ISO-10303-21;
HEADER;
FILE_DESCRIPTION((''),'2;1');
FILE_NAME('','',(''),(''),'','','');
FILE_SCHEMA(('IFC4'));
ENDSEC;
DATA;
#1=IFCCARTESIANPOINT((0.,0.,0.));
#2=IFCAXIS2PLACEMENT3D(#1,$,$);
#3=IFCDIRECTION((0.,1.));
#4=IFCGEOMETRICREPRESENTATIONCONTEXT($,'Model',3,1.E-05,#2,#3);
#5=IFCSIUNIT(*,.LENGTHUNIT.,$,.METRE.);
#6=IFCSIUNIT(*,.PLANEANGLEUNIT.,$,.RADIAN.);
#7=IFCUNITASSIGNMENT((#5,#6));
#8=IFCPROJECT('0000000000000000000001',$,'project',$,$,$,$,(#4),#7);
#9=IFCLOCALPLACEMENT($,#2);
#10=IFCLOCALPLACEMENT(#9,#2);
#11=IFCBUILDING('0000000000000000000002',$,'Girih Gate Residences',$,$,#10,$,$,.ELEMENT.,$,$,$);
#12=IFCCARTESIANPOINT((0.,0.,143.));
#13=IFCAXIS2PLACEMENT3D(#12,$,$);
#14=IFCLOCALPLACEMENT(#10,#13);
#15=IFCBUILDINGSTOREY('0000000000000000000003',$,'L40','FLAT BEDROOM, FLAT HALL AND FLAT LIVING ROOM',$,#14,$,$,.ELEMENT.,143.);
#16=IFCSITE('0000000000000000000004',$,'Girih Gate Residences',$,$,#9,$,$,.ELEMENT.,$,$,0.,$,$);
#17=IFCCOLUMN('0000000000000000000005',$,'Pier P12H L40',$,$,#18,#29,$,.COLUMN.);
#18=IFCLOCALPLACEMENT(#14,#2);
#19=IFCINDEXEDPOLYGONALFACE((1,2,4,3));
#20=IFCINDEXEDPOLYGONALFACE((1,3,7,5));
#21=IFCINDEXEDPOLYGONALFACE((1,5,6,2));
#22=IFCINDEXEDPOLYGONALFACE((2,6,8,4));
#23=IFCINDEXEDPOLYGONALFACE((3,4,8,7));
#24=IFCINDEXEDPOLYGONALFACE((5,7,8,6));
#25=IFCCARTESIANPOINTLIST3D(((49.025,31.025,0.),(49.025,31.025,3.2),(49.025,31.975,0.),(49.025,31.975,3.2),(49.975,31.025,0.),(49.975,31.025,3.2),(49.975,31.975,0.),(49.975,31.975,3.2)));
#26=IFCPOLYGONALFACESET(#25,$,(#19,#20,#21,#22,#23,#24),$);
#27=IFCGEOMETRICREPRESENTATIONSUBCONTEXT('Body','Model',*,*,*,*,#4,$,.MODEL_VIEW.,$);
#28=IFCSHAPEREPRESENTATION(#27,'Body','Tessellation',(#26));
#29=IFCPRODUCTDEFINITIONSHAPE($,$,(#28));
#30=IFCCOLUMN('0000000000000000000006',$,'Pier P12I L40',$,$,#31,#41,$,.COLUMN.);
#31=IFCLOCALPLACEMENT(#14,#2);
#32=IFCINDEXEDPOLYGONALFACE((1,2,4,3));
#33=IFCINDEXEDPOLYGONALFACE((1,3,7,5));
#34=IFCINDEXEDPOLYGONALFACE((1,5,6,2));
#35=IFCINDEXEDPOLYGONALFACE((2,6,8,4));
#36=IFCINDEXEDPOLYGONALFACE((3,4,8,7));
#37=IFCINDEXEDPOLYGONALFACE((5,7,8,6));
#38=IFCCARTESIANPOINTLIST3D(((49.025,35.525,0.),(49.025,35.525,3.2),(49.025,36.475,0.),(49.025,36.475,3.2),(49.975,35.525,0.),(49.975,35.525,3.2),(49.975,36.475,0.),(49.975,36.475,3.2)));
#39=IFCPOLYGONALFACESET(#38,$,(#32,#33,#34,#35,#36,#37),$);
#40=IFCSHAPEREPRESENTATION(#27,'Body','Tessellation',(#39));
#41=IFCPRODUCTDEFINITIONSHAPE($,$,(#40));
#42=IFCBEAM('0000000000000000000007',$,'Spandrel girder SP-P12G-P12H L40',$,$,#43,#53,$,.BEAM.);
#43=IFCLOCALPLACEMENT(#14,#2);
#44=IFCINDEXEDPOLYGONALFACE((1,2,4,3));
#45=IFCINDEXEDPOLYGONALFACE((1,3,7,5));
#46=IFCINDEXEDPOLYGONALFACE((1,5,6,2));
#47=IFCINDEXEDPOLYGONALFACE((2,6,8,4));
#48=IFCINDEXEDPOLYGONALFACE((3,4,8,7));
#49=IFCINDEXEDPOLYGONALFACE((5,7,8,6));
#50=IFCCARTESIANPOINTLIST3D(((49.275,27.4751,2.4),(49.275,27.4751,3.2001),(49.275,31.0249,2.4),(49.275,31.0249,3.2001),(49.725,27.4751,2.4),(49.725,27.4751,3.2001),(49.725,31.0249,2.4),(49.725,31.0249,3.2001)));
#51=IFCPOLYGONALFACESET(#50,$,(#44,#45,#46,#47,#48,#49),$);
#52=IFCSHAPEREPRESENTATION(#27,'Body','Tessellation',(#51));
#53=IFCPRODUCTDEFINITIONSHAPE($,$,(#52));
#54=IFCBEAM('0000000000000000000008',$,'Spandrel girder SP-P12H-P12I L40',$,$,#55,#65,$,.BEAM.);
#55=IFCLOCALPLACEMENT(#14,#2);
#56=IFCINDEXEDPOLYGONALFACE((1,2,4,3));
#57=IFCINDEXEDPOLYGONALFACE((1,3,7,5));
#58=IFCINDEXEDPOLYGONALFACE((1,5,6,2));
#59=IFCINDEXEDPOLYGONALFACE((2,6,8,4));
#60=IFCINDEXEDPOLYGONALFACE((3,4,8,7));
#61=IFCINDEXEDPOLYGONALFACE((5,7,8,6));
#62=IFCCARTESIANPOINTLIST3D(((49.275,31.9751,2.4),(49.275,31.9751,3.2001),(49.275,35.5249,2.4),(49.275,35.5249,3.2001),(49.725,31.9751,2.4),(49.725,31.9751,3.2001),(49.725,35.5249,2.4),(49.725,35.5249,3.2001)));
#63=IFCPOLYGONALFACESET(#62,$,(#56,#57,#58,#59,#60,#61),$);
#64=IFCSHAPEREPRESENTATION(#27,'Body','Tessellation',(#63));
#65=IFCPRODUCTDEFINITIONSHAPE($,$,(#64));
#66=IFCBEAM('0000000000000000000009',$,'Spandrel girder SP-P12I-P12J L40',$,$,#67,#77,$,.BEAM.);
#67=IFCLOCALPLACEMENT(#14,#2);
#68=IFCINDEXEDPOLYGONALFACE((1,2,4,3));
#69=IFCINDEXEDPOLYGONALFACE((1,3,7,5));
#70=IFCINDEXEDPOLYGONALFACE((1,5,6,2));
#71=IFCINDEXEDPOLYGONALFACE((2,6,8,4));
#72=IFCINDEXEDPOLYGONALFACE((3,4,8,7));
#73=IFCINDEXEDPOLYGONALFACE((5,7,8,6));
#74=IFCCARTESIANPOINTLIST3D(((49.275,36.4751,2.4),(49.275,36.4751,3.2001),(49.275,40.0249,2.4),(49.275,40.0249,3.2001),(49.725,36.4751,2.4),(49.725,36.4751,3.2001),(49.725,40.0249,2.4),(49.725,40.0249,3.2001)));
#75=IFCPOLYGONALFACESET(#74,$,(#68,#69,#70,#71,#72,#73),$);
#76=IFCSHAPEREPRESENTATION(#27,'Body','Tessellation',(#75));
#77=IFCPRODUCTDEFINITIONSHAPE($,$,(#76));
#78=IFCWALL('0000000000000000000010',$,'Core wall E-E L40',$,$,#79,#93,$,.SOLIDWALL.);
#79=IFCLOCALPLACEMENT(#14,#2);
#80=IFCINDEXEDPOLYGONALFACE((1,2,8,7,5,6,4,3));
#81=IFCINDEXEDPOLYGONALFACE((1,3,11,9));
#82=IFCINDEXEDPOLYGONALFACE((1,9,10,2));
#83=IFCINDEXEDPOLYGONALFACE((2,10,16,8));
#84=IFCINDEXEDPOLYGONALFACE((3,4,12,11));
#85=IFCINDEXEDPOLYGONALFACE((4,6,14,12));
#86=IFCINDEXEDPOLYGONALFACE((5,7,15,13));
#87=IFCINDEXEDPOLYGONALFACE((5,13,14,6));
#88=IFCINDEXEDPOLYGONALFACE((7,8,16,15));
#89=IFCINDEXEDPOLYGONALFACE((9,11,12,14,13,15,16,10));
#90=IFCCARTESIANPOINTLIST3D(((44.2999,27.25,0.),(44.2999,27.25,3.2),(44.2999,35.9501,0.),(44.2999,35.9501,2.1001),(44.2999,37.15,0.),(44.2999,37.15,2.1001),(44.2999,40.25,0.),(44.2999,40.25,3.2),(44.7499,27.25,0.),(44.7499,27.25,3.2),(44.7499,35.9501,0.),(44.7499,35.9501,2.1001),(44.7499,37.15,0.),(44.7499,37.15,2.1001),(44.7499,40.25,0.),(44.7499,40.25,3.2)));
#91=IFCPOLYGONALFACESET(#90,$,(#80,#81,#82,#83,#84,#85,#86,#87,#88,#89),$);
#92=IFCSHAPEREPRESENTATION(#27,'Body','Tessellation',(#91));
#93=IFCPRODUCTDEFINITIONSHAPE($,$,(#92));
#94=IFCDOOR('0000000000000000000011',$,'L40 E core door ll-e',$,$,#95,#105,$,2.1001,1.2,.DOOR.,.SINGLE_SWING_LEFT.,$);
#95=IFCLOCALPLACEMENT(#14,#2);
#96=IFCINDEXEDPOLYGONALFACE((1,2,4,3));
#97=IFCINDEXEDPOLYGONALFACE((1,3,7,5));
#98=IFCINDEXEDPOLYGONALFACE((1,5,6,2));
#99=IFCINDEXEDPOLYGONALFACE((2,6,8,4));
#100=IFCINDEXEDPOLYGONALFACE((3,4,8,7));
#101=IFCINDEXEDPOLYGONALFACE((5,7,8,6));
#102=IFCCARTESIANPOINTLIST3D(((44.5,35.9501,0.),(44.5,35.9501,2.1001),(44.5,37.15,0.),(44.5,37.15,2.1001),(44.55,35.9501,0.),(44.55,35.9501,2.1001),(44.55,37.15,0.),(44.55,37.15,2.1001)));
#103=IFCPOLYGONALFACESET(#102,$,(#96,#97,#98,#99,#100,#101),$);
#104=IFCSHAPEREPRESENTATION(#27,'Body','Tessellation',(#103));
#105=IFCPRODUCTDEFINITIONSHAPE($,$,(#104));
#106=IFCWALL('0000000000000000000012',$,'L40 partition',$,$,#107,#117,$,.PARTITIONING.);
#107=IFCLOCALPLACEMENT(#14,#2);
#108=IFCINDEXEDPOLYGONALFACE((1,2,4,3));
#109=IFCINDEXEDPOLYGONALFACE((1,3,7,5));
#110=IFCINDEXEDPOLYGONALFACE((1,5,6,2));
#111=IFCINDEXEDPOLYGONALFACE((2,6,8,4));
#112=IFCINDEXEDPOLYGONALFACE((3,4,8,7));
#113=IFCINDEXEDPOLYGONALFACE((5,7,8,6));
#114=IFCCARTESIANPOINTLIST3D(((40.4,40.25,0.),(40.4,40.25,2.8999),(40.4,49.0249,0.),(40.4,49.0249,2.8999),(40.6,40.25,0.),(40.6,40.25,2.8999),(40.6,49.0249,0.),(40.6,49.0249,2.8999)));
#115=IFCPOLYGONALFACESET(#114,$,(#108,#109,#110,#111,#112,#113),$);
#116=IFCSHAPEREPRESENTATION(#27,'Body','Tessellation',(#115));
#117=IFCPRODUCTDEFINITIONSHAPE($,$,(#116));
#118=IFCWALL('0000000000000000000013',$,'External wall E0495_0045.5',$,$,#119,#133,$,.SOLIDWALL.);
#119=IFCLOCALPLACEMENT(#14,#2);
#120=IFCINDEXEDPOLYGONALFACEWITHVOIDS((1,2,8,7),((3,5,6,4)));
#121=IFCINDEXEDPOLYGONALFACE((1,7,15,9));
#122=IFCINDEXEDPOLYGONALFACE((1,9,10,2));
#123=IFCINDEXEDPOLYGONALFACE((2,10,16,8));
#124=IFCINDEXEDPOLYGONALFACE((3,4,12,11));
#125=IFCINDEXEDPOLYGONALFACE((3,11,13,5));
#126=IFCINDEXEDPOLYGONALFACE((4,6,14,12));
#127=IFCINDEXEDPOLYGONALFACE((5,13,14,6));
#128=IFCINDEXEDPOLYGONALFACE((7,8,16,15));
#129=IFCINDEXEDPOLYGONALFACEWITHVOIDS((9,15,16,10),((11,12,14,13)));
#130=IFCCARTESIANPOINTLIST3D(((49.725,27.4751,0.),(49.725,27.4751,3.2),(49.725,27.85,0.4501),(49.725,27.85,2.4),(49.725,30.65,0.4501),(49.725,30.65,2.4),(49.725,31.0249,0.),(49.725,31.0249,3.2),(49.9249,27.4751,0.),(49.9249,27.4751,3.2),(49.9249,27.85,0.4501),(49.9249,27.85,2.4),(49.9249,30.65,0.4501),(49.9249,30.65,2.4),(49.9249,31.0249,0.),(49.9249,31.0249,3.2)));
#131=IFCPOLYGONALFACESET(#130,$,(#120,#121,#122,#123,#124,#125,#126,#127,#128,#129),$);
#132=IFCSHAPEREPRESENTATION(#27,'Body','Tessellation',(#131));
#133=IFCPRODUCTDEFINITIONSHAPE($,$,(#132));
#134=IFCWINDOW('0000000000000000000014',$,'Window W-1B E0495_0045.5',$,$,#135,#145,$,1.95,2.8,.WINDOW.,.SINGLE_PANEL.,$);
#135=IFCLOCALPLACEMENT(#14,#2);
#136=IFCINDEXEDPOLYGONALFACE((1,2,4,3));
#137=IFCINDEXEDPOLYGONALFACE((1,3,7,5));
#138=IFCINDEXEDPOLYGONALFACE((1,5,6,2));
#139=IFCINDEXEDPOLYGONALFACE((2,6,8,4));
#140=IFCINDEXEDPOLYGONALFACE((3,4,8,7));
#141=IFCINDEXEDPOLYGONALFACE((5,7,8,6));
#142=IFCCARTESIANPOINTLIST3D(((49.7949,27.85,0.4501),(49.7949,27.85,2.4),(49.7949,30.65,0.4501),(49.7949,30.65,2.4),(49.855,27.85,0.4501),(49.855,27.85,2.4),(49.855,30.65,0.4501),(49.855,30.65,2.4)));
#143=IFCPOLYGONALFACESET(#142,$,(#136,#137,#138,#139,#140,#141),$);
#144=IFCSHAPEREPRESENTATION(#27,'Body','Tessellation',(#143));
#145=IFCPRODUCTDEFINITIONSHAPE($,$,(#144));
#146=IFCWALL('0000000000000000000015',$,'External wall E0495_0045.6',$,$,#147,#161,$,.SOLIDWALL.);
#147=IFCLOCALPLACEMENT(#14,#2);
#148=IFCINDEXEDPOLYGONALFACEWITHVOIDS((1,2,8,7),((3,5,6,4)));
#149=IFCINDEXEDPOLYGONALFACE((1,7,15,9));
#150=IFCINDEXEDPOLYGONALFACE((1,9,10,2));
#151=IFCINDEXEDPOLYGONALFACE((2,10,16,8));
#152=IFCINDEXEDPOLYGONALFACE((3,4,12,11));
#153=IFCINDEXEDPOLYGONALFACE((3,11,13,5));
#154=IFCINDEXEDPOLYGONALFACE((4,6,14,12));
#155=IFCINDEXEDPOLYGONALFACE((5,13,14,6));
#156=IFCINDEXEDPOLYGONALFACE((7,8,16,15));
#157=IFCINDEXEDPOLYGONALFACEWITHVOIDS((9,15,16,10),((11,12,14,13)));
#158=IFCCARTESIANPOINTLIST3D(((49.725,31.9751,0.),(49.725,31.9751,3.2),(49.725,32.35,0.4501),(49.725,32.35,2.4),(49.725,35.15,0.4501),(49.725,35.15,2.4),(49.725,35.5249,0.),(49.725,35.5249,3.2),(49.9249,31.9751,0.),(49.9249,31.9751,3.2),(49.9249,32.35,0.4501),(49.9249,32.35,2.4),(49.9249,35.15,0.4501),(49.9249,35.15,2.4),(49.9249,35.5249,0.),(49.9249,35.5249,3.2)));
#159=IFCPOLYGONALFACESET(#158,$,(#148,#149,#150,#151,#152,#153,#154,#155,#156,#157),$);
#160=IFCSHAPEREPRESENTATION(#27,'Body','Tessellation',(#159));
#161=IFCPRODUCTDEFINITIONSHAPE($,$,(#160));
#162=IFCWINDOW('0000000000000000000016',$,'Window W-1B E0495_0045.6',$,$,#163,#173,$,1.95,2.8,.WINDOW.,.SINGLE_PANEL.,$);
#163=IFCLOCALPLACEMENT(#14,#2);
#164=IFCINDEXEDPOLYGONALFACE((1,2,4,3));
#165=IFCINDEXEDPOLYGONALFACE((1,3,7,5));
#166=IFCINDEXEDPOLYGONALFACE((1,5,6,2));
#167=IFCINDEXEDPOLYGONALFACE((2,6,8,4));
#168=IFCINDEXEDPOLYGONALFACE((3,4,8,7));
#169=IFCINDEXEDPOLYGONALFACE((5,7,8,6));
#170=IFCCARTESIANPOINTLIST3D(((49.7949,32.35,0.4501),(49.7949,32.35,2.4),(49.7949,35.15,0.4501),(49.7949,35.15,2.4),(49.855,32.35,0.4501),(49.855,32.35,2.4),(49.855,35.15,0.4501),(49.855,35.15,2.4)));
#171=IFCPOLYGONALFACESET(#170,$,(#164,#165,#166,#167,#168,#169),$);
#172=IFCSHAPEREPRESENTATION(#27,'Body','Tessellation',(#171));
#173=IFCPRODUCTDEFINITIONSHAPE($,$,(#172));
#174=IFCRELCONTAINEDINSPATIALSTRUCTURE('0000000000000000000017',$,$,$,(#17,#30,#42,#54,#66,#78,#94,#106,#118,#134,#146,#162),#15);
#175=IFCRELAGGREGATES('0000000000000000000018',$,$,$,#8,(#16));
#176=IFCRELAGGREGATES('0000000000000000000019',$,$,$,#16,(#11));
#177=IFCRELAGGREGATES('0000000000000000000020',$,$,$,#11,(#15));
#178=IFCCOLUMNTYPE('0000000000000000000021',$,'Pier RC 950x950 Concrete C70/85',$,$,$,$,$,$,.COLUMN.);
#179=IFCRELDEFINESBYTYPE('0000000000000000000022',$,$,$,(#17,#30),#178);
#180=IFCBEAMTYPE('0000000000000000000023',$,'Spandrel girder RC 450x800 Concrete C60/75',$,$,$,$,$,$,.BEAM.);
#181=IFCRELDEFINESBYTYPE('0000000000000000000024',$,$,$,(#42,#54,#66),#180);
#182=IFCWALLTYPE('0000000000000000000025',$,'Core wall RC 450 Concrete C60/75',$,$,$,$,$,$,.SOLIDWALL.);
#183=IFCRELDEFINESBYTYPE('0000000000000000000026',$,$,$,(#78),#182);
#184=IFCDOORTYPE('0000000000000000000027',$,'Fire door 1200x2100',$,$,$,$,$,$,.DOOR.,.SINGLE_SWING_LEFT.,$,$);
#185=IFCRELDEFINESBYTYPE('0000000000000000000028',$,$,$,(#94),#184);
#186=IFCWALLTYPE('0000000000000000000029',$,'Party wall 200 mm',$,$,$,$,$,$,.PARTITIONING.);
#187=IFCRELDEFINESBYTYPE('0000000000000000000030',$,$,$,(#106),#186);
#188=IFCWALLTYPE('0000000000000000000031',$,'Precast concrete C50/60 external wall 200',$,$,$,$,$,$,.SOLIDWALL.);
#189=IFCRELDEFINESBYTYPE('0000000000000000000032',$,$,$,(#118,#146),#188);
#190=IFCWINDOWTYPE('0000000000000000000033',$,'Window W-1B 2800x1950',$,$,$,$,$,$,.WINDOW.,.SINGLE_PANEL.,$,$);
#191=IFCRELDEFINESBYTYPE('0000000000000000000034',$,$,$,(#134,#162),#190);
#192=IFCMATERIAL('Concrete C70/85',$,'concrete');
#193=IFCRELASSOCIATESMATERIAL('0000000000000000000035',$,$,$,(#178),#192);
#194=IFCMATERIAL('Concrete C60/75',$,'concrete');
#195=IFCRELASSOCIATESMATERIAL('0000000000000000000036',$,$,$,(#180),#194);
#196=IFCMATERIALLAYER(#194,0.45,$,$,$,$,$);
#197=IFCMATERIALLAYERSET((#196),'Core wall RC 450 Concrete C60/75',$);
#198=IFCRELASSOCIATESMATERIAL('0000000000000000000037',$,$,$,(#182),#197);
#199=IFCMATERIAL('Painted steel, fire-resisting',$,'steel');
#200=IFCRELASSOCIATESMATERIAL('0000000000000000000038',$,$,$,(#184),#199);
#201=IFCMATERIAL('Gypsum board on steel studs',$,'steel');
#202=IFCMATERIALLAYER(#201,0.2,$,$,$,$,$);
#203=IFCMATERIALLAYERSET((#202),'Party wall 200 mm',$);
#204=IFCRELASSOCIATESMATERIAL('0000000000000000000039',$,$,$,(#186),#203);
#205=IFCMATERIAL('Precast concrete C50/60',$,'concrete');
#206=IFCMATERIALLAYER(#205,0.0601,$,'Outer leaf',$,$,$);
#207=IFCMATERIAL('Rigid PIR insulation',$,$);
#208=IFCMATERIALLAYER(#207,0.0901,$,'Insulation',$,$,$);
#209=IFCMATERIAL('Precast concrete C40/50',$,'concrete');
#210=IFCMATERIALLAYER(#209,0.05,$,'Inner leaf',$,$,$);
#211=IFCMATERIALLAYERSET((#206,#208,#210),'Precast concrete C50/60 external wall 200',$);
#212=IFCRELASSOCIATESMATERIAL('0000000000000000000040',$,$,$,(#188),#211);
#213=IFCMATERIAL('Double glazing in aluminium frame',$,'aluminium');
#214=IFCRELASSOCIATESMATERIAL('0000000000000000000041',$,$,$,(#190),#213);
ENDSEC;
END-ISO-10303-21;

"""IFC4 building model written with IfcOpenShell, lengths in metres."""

from ifc_helpers import new_model, si_unit, direction, frame, frame_2d, origin, origin_2d, place, context, subcontext, project, spatial, rectangle, extrude, material, layer, layer_set, material_profile, profile_set, type_object, element, fill, save


model = new_model("IFC4")

# Units and contexts
model_context = context("Model", 3, precision=1e-05, world=origin(), true_north=direction((0.0, 1.0)))
body_context = subcontext(model_context, "Body", "Model", "MODEL_VIEW")
ifc_project = project(units=[si_unit("LENGTHUNIT", "METRE"), si_unit("PLANEANGLEUNIT", "RADIAN")], contexts=[model_context])

# Site, building, storey
site_placement = place(None, origin())
site = spatial("IfcSite", under=ifc_project, at=site_placement, Name="Girih Gate Residences", CompositionType="ELEMENT", RefElevation=0.0)
building_placement = place(site_placement, origin())
building = spatial("IfcBuilding", under=site, at=building_placement, Name="Girih Gate Residences", CompositionType="ELEMENT")
storey_placement = place(building_placement, frame((0.0, 0.0, 143.0)))
storey = spatial("IfcBuildingStorey", under=building, at=storey_placement, Name="L40", Description="FLAT BEDROOM, FLAT HALL AND FLAT LIVING ROOM", CompositionType="ELEMENT", Elevation=143.0)

# Columns
ifc_material_1 = material(Name="Concrete C70/85", Category="concrete")
ifc_material_profile_1 = material_profile(ifc_material_1, rectangle(XDim=0.95, YDim=0.95, at=origin_2d()))
ifc_profile_set_1 = profile_set([ifc_material_profile_1], Name="Concrete C70/85")
column_type = type_object("IfcColumnType", Name="Pier RC 950x950 Concrete C70/85", PredefinedType="COLUMN", material=ifc_profile_set_1)
for number, where, z_axis, x_axis, name in (
    (1, (49.5, 31.5, 0.0), (0.0, 0.0, 1.0), (1.0, 0.0, 0.0), "Pier P12H L40"),
    (2, (49.5, 36.0, 0.0), (0.0, 0.0, 1.0), (1.0, 0.0, 0.0), "Pier P12I L40"),
):
    element("IfcColumn", number, at=place(storey_placement, frame(where, z_axis=z_axis, x_axis=x_axis)), inside=storey, type_object=column_type, Name=name, PredefinedType="COLUMN", context=body_context, shape_type="SweptSolid", body=[
        extrude(rectangle(XDim=0.95, YDim=0.95, at=origin_2d()), origin(), (0.0, 0.0, 1.0), 3.2),
    ])

# Beams
ifc_material_2 = material(Name="Concrete C60/75", Category="concrete")
ifc_material_profile_2 = material_profile(ifc_material_2, rectangle(XDim=0.45, YDim=0.8, at=origin_2d()))
ifc_profile_set_2 = profile_set([ifc_material_profile_2], Name="Concrete C60/75")
beam_type = type_object("IfcBeamType", Name="Spandrel girder RC 450x800 Concrete C60/75", PredefinedType="BEAM", material=ifc_profile_set_2)
for number, where, z_axis, x_axis, name in (
    (3, (49.5, 27.4751, 2.8), (0.0, 1.0, 0.0), (-1.0, 0.0, 0.0), "Spandrel girder SP-P12G-P12H L40"),
    (4, (49.5, 31.9751, 2.8), (0.0, 1.0, 0.0), (-1.0, 0.0, 0.0), "Spandrel girder SP-P12H-P12I L40"),
    (5, (49.5, 36.4751, 2.8), (0.0, 1.0, 0.0), (-1.0, 0.0, 0.0), "Spandrel girder SP-P12I-P12J L40"),
):
    element("IfcBeam", number, at=place(storey_placement, frame(where, z_axis=z_axis, x_axis=x_axis)), inside=storey, type_object=beam_type, Name=name, PredefinedType="BEAM", context=body_context, shape_type="SweptSolid", body=[
        extrude(rectangle(XDim=0.45, YDim=0.8, at=origin_2d()), origin(), (0.0, 0.0, 1.0), 3.5498),
    ])

# Wall, opening, door
ifc_layer_1 = layer(ifc_material_2, 0.45)
ifc_layer_set_1 = layer_set([ifc_layer_1], Name="Core wall RC 450 Concrete C60/75")
wall_type_1 = type_object("IfcWallType", Name="Core wall RC 450 Concrete C60/75", PredefinedType="SOLIDWALL", material=ifc_layer_set_1)
wall_1_placement = place(storey_placement, frame((44.5249, 27.25, 0.0), z_axis=(0.0, 0.0, 1.0), x_axis=(0.0, 1.0, 0.0)))
wall_1 = element("IfcWall", 6, at=wall_1_placement, inside=storey, type_object=wall_type_1, Name="Core wall E-E L40", PredefinedType="SOLIDWALL", context=body_context, shape_type="SweptSolid", body=[
    extrude(rectangle(XDim=13.0, YDim=0.45, at=frame_2d((6.5, 0.0))), origin(), (0.0, 0.0, 1.0), 3.2),
])
opening_1_placement = place(wall_1_placement, frame((8.7, 0.0, 0.0)))
opening_1 = element("IfcOpeningElement", 7, at=opening_1_placement, cuts=wall_1, PredefinedType="OPENING", context=body_context, shape_type="SweptSolid", body=[
    extrude(rectangle(XDim=1.2, YDim=2.1001, at=frame_2d((0.6001, 1.05))), frame((0.0, 0.2349, 0.0), z_axis=(0.0, -1.0, 0.0), x_axis=(1.0, 0.0, 0.0)), (0.0, 0.0, 1.0), 0.47),
])
ifc_material_3 = material(Name="Painted steel, fire-resisting", Category="steel")
door_type_1 = type_object("IfcDoorType", Name="Fire door 1200x2100", OperationType="SINGLE_SWING_LEFT", PredefinedType="DOOR", material=ifc_material_3)
door_1_placement = place(opening_1_placement, origin())
door_1 = element("IfcDoor", 8, at=door_1_placement, inside=storey, type_object=door_type_1, Name="L40 E core door ll-e", OperationType="SINGLE_SWING_LEFT", OverallHeight=2.1001, OverallWidth=1.2, PredefinedType="DOOR", context=body_context, shape_type="SweptSolid", body=[
    extrude(rectangle(XDim=1.2, YDim=2.1001, at=frame_2d((0.6001, 1.05))), frame((0.0, 0.0249, 0.0), z_axis=(0.0, -1.0, 0.0), x_axis=(1.0, 0.0, 0.0)), (0.0, 0.0, 1.0), 0.05),
])
fill(opening_1, door_1)

# Wall
ifc_material_4 = material(Name="Gypsum board on steel studs", Category="steel")
ifc_layer_2 = layer(ifc_material_4, 0.2)
ifc_layer_set_2 = layer_set([ifc_layer_2], Name="Party wall 200 mm")
wall_type_2 = type_object("IfcWallType", Name="Party wall 200 mm", PredefinedType="PARTITIONING", material=ifc_layer_set_2)
wall_2_placement = place(storey_placement, frame((40.5, 40.25, 0.0), z_axis=(0.0, 0.0, 1.0), x_axis=(0.0, 1.0, 0.0)))
element("IfcWall", 9, at=wall_2_placement, inside=storey, type_object=wall_type_2, Name="L40 partition", PredefinedType="PARTITIONING", context=body_context, shape_type="SweptSolid", body=[
    extrude(rectangle(XDim=8.7749, YDim=0.2, at=frame_2d((4.3875, 0.0))), origin(), (0.0, 0.0, 1.0), 2.8999),
])

# Walls, openings, windows
ifc_material_5 = material(Name="Precast concrete C50/60", Category="concrete")
ifc_layer_3 = layer(ifc_material_5, 0.0601, Name="Outer leaf")
ifc_material_6 = material(Name="Rigid PIR insulation")
ifc_layer_4 = layer(ifc_material_6, 0.0901, Name="Insulation")
ifc_material_7 = material(Name="Precast concrete C40/50", Category="concrete")
ifc_layer_5 = layer(ifc_material_7, 0.05, Name="Inner leaf")
ifc_layer_set_3 = layer_set([ifc_layer_3, ifc_layer_4, ifc_layer_5], Name="Precast concrete C50/60 external wall 200")
wall_type_3 = type_object("IfcWallType", Name="Precast concrete C50/60 external wall 200", PredefinedType="SOLIDWALL", material=ifc_layer_set_3)
wall_3_placement = place(storey_placement, frame((49.825, 31.0249, 0.0), z_axis=(0.0, 0.0, 1.0), x_axis=(0.0, -1.0, 0.0)))
wall_3 = element("IfcWall", 10, at=wall_3_placement, inside=storey, type_object=wall_type_3, Name="External wall E0495_0045.5", PredefinedType="SOLIDWALL", context=body_context, shape_type="SweptSolid", body=[
    extrude(rectangle(XDim=3.5498, YDim=0.2, at=frame_2d((1.7749, 0.0))), origin(), (0.0, 0.0, 1.0), 3.2),
])
opening_2_placement = place(wall_3_placement, frame((0.375, 0.0, 0.45)))
opening_2 = element("IfcOpeningElement", 11, at=opening_2_placement, cuts=wall_3, PredefinedType="OPENING", context=body_context, shape_type="SweptSolid", body=[
    extrude(rectangle(XDim=2.8, YDim=1.95, at=frame_2d((1.3999, 0.9751))), frame((0.0, 0.1099, 0.0), z_axis=(0.0, -1.0, 0.0), x_axis=(1.0, 0.0, 0.0)), (0.0, 0.0, 1.0), 0.22),
])
ifc_material_8 = material(Name="Double glazing in aluminium frame", Category="aluminium")
window_type = type_object("IfcWindowType", Name="Window W-1B 2800x1950", PartitioningType="SINGLE_PANEL", PredefinedType="WINDOW", material=ifc_material_8)
window_1_placement = place(opening_2_placement, origin())
window_1 = element("IfcWindow", 12, at=window_1_placement, inside=storey, type_object=window_type, Name="Window W-1B E0495_0045.5", OverallHeight=1.95, OverallWidth=2.8, PartitioningType="SINGLE_PANEL", PredefinedType="WINDOW", context=body_context, shape_type="SweptSolid", body=[
    extrude(rectangle(XDim=2.8, YDim=1.95, at=frame_2d((1.3999, 0.9751))), frame((0.0, 0.03, 0.0), z_axis=(0.0, -1.0, 0.0), x_axis=(1.0, 0.0, 0.0)), (0.0, 0.0, 1.0), 0.0601),
])
fill(opening_2, window_1)
wall_4_placement = place(storey_placement, frame((49.825, 35.5249, 0.0), z_axis=(0.0, 0.0, 1.0), x_axis=(0.0, -1.0, 0.0)))
wall_4 = element("IfcWall", 13, at=wall_4_placement, inside=storey, type_object=wall_type_3, Name="External wall E0495_0045.6", PredefinedType="SOLIDWALL", context=body_context, shape_type="SweptSolid", body=[
    extrude(rectangle(XDim=3.5498, YDim=0.2, at=frame_2d((1.7749, 0.0))), origin(), (0.0, 0.0, 1.0), 3.2),
])
opening_3_placement = place(wall_4_placement, frame((0.375, 0.0, 0.45)))
opening_3 = element("IfcOpeningElement", 14, at=opening_3_placement, cuts=wall_4, PredefinedType="OPENING", context=body_context, shape_type="SweptSolid", body=[
    extrude(rectangle(XDim=2.8, YDim=1.95, at=frame_2d((1.3999, 0.9751))), frame((0.0, 0.1099, 0.0), z_axis=(0.0, -1.0, 0.0), x_axis=(1.0, 0.0, 0.0)), (0.0, 0.0, 1.0), 0.22),
])
window_2_placement = place(opening_3_placement, origin())
window_2 = element("IfcWindow", 15, at=window_2_placement, inside=storey, type_object=window_type, Name="Window W-1B E0495_0045.6", OverallHeight=1.95, OverallWidth=2.8, PartitioningType="SINGLE_PANEL", PredefinedType="WINDOW", context=body_context, shape_type="SweptSolid", body=[
    extrude(rectangle(XDim=2.8, YDim=1.95, at=frame_2d((1.3999, 0.9751))), frame((0.0, 0.03, 0.0), z_axis=(0.0, -1.0, 0.0), x_axis=(1.0, 0.0, 0.0)), (0.0, 0.0, 1.0), 0.0601),
])
fill(opening_3, window_2)

save(model, "model.ifc")
